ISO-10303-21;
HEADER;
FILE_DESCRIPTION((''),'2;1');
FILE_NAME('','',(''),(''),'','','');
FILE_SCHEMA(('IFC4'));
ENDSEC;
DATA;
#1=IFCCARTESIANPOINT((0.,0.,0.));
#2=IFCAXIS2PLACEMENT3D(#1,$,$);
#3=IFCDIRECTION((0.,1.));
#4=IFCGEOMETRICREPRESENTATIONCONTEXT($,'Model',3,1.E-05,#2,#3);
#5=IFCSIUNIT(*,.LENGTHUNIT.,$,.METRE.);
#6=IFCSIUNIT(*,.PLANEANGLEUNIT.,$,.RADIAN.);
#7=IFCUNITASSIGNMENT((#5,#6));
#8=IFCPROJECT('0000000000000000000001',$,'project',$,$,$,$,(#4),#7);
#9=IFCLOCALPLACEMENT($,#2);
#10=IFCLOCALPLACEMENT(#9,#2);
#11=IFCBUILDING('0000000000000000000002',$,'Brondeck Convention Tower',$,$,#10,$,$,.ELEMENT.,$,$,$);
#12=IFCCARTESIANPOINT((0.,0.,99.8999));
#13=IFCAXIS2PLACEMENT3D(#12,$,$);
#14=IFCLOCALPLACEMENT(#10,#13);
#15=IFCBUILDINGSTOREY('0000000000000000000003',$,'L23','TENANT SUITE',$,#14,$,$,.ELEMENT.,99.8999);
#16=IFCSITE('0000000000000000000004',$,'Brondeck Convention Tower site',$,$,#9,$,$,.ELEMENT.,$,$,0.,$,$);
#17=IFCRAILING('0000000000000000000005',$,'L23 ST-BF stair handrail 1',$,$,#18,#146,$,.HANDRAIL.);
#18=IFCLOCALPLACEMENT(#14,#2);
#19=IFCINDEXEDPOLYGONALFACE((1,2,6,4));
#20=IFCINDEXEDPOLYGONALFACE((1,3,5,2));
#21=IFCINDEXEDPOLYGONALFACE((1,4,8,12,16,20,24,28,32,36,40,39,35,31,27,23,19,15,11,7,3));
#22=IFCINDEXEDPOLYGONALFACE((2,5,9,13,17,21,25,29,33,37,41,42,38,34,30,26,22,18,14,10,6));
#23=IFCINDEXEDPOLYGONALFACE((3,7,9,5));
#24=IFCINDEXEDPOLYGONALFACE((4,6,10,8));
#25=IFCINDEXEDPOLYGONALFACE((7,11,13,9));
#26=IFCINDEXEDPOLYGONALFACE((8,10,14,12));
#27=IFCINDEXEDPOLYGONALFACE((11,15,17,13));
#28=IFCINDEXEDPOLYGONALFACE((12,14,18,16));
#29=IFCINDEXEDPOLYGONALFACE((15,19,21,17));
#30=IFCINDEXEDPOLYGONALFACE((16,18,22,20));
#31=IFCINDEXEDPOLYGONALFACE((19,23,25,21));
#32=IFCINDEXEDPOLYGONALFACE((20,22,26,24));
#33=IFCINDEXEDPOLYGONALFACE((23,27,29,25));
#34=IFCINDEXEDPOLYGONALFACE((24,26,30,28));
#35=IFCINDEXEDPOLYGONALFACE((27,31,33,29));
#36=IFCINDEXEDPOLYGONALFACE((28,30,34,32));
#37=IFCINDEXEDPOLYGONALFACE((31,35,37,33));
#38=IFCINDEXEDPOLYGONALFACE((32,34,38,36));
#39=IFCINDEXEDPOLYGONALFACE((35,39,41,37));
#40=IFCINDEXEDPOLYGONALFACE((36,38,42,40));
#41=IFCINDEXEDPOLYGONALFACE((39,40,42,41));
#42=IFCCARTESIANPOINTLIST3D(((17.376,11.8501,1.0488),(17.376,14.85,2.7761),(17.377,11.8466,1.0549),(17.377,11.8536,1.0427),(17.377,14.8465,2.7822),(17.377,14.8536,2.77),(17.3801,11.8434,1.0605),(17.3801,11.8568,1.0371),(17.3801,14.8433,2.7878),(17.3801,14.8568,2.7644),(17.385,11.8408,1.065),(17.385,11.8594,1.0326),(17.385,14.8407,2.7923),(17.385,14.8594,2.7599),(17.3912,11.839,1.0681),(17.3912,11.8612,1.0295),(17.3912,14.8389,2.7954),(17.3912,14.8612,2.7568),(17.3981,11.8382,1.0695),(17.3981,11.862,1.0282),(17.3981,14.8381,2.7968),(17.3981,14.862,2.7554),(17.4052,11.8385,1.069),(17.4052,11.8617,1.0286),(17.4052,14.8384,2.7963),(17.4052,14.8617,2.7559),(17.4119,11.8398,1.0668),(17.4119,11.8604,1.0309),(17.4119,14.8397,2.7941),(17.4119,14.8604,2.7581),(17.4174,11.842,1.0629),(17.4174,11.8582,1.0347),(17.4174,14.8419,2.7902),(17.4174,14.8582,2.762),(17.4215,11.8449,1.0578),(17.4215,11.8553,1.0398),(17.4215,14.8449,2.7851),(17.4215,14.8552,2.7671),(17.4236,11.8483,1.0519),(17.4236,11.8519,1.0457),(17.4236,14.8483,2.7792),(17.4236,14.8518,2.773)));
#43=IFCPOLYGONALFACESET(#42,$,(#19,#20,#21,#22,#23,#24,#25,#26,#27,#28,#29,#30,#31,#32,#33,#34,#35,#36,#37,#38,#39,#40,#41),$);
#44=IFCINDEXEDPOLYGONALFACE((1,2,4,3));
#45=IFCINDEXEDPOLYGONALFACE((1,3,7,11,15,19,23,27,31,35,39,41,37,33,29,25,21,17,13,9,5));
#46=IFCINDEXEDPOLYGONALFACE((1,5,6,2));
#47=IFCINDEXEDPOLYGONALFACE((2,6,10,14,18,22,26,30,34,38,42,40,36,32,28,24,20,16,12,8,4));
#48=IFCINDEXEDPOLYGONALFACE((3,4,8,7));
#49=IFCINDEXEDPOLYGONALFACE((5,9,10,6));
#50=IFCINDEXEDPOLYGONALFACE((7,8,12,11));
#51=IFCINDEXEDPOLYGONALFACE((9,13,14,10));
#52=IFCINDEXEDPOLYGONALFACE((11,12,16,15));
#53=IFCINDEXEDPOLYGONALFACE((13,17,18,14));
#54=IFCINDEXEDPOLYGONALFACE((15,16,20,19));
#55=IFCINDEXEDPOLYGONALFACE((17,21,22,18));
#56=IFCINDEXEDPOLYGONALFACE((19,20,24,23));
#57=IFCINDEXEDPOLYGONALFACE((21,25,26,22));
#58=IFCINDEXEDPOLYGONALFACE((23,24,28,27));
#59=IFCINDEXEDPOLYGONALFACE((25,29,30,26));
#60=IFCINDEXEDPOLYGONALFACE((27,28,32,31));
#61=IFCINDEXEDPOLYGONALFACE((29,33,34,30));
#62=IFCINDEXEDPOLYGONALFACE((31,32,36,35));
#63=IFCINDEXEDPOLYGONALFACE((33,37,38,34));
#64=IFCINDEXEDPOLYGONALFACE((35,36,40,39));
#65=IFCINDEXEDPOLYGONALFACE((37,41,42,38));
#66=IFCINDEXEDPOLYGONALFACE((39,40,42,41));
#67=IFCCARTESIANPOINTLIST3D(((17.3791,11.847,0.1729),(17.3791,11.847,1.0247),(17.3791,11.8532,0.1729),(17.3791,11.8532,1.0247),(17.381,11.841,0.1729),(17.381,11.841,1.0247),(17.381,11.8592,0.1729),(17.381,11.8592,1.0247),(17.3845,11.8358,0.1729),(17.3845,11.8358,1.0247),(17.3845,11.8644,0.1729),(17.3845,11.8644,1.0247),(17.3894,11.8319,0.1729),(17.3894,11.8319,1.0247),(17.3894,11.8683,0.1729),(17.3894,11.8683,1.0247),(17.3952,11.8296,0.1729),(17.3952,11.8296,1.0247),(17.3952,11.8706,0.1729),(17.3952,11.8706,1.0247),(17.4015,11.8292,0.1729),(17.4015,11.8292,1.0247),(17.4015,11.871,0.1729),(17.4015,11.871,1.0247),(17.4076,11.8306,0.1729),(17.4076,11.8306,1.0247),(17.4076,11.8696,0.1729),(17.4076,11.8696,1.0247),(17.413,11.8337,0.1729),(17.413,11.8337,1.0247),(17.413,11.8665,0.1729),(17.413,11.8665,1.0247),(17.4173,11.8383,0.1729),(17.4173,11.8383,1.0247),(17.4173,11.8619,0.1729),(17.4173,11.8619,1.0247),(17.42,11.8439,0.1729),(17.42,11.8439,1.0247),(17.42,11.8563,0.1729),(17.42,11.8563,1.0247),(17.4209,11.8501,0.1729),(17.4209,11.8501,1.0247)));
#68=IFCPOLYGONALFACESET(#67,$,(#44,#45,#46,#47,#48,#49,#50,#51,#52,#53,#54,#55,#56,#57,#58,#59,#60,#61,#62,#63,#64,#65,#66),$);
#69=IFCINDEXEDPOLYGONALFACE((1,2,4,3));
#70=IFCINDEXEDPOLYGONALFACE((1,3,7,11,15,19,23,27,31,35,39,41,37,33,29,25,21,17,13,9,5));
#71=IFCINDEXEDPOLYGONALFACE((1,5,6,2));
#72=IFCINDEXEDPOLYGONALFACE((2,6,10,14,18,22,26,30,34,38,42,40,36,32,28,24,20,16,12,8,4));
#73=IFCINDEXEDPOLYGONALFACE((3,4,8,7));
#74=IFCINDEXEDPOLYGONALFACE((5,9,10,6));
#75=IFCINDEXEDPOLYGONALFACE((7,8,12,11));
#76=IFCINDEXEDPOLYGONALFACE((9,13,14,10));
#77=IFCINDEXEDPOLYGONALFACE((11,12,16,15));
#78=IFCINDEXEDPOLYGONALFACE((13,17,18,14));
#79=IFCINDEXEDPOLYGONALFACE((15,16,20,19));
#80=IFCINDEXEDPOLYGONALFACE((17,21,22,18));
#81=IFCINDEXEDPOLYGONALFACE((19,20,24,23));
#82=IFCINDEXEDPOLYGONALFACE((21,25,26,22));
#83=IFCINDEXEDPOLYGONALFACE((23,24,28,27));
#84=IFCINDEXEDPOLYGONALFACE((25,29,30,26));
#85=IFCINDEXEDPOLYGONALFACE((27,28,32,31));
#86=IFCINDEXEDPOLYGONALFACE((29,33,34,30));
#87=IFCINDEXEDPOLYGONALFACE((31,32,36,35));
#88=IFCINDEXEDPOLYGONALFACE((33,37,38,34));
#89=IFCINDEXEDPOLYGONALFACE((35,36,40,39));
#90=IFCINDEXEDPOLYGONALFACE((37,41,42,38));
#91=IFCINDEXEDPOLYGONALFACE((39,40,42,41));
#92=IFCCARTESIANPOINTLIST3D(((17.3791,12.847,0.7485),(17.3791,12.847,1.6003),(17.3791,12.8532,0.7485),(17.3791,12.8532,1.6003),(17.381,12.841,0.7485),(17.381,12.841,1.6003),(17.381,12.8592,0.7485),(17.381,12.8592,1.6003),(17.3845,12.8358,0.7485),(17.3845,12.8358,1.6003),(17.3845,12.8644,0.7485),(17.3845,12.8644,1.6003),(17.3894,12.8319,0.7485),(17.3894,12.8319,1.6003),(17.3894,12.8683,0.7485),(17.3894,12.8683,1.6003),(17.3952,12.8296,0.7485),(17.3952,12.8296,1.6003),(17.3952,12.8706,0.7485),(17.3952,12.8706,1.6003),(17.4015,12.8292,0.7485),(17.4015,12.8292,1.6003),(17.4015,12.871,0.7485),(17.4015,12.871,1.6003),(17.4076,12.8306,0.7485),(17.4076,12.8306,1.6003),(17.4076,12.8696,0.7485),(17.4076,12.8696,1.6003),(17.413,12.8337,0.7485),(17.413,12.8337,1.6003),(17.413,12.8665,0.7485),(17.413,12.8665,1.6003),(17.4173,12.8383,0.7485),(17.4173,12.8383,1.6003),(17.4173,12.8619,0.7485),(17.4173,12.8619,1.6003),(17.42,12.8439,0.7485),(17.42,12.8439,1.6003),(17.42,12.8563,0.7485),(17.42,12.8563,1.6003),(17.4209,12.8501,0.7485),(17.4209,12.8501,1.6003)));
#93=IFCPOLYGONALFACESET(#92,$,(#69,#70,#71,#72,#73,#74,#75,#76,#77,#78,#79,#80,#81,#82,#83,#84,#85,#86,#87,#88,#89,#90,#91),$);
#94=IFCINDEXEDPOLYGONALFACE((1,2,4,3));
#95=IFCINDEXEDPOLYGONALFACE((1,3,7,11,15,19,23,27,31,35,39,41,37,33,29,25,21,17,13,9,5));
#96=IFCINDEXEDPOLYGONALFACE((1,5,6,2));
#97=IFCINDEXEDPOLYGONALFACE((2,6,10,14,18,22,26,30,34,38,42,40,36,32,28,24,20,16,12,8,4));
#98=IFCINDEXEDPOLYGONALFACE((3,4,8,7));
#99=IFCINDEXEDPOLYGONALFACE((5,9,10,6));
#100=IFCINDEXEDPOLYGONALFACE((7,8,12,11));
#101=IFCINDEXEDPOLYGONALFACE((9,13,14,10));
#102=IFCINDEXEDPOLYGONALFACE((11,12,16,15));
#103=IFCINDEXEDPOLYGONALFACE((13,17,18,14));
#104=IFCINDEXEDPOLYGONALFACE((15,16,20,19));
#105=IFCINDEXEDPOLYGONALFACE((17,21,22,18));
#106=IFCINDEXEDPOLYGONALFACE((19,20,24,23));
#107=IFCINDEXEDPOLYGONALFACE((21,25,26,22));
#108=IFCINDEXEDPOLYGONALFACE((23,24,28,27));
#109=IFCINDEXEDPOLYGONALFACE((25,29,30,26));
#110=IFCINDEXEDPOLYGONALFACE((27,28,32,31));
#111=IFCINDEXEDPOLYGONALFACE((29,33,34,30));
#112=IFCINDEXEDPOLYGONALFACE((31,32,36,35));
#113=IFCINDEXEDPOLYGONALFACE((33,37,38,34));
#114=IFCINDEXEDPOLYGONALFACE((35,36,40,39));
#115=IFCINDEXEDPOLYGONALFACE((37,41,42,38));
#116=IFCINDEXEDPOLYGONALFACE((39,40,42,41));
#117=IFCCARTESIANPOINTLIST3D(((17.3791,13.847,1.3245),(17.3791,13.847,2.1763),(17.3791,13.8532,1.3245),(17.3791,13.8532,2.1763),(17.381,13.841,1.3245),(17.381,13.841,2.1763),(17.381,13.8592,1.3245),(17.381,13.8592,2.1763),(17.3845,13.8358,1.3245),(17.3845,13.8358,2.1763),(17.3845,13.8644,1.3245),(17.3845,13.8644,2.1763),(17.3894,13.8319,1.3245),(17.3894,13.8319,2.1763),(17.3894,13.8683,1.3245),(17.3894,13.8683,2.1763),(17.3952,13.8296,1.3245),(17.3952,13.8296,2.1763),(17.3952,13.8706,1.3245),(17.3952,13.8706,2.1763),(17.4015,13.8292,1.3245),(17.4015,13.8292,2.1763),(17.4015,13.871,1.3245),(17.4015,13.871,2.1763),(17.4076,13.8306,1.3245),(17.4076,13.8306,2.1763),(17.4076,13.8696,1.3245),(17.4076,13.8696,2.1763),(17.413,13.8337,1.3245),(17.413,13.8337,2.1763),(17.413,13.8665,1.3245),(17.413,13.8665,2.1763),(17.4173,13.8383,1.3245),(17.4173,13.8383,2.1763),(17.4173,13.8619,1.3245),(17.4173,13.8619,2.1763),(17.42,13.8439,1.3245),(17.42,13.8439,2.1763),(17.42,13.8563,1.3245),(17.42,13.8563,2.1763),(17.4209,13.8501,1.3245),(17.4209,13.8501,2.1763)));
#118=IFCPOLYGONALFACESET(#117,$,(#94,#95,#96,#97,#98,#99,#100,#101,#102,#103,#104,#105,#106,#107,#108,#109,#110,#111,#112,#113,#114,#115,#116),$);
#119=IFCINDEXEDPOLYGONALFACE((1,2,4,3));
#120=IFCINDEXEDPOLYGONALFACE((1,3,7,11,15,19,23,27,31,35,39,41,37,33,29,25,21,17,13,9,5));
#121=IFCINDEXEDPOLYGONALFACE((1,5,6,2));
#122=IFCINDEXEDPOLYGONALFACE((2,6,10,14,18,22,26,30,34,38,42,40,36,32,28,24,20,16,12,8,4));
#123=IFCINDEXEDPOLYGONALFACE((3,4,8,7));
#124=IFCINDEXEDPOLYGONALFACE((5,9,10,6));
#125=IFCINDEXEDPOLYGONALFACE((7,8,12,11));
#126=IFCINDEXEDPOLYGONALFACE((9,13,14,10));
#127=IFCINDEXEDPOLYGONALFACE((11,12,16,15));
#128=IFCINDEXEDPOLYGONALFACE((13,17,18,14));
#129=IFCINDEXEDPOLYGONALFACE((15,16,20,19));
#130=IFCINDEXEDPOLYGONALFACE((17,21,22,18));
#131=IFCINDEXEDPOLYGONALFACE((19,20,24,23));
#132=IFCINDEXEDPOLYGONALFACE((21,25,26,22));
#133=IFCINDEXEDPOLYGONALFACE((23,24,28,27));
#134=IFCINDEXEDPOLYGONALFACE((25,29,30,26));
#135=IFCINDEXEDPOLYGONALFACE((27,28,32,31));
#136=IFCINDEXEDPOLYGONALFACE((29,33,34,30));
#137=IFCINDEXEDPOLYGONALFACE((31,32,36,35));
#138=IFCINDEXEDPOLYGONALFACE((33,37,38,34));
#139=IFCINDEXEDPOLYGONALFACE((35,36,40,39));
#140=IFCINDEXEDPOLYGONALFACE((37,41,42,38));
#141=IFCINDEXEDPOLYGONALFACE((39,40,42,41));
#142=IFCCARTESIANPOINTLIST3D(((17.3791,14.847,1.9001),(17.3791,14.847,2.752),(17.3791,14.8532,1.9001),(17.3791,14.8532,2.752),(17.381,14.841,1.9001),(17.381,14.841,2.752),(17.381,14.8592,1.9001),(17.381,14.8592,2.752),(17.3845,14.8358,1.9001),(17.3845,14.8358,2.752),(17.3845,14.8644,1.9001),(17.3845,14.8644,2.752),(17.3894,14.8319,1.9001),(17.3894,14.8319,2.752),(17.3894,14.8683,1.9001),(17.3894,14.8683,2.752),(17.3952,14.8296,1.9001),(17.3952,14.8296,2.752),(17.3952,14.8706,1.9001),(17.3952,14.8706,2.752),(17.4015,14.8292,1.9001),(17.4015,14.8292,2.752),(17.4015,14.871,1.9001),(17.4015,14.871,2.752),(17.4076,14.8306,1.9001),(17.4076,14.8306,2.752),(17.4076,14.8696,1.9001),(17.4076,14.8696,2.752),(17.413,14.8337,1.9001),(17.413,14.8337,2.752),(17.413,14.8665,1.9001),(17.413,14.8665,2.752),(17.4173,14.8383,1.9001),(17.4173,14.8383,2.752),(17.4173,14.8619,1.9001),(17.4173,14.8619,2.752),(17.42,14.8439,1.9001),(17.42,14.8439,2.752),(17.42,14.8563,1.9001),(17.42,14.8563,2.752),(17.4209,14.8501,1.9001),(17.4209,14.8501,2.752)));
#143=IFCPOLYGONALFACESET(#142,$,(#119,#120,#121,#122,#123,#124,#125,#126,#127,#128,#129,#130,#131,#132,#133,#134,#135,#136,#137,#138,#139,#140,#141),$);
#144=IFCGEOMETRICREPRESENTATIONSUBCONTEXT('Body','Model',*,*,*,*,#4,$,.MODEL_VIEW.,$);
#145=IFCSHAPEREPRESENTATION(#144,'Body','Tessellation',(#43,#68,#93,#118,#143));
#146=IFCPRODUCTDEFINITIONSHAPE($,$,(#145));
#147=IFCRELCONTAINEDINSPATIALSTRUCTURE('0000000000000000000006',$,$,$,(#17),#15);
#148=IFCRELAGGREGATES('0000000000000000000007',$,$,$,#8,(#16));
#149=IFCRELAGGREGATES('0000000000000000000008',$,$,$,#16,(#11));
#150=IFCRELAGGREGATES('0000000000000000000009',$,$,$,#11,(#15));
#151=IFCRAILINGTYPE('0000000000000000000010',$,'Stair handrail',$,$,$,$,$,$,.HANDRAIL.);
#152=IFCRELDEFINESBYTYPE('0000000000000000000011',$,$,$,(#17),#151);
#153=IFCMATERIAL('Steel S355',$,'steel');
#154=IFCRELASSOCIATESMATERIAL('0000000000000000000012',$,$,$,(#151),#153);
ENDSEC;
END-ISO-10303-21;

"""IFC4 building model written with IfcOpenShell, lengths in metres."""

from ifc_helpers import new_model, si_unit, direction, frame, origin, origin_2d, place, context, subcontext, project, spatial, circle, extrude, material, type_object, element, save


model = new_model("IFC4")

# Units and contexts
model_context = context("Model", 3, precision=1e-05, world=origin(), true_north=direction((0.0, 1.0)))
body_context = subcontext(model_context, "Body", "Model", "MODEL_VIEW")
ifc_project = project(units=[si_unit("LENGTHUNIT", "METRE"), si_unit("PLANEANGLEUNIT", "RADIAN")], contexts=[model_context])

# Site, building, storey
site_placement = place(None, origin())
site = spatial("IfcSite", under=ifc_project, at=site_placement, Name="Brondeck Convention Tower site", CompositionType="ELEMENT", RefElevation=0.0)
building_placement = place(site_placement, origin())
building = spatial("IfcBuilding", under=site, at=building_placement, Name="Brondeck Convention Tower", CompositionType="ELEMENT")
storey_placement = place(building_placement, frame((0.0, 0.0, 99.8999)))
storey = spatial("IfcBuildingStorey", under=building, at=storey_placement, Name="L23", Description="TENANT SUITE", CompositionType="ELEMENT", Elevation=99.8999)

# Shared definitions
ifc_material_1 = material(Name="Steel S355", Category="steel")

# Railing
railing_type_1 = type_object("IfcRailingType", Name="Stair handrail", PredefinedType="HANDRAIL", material=ifc_material_1)
railing_1_placement = place(storey_placement, frame((17.3999, 11.8501, 0.1729)))
element("IfcRailing", 1, at=railing_1_placement, inside=storey, type_object=railing_type_1, Name="L23 ST-BF stair handrail 1", PredefinedType="HANDRAIL", context=body_context, shape_type="SweptSolid", body=[
    extrude(circle(Radius=0.0239, at=origin_2d()), frame((0.0, 0.0, 0.876), z_axis=(0.0, 0.86662, 0.498969), x_axis=(-1.0, 0.0, 0.0)), (0.0, 0.0, 1.0), 3.4617),
    extrude(circle(Radius=0.021, at=origin_2d()), origin(), (0.0, 0.0, 1.0), 0.8518),
    extrude(circle(Radius=0.021, at=origin_2d()), frame((0.0, 1.0, 0.5757)), (0.0, 0.0, 1.0), 0.8518),
    extrude(circle(Radius=0.021, at=origin_2d()), frame((0.0, 2.0, 1.1516)), (0.0, 0.0, 1.0), 0.8518),
    extrude(circle(Radius=0.021, at=origin_2d()), frame((0.0, 3.0, 1.7273)), (0.0, 0.0, 1.0), 0.8518),
])

save(model, "model.ifc")
